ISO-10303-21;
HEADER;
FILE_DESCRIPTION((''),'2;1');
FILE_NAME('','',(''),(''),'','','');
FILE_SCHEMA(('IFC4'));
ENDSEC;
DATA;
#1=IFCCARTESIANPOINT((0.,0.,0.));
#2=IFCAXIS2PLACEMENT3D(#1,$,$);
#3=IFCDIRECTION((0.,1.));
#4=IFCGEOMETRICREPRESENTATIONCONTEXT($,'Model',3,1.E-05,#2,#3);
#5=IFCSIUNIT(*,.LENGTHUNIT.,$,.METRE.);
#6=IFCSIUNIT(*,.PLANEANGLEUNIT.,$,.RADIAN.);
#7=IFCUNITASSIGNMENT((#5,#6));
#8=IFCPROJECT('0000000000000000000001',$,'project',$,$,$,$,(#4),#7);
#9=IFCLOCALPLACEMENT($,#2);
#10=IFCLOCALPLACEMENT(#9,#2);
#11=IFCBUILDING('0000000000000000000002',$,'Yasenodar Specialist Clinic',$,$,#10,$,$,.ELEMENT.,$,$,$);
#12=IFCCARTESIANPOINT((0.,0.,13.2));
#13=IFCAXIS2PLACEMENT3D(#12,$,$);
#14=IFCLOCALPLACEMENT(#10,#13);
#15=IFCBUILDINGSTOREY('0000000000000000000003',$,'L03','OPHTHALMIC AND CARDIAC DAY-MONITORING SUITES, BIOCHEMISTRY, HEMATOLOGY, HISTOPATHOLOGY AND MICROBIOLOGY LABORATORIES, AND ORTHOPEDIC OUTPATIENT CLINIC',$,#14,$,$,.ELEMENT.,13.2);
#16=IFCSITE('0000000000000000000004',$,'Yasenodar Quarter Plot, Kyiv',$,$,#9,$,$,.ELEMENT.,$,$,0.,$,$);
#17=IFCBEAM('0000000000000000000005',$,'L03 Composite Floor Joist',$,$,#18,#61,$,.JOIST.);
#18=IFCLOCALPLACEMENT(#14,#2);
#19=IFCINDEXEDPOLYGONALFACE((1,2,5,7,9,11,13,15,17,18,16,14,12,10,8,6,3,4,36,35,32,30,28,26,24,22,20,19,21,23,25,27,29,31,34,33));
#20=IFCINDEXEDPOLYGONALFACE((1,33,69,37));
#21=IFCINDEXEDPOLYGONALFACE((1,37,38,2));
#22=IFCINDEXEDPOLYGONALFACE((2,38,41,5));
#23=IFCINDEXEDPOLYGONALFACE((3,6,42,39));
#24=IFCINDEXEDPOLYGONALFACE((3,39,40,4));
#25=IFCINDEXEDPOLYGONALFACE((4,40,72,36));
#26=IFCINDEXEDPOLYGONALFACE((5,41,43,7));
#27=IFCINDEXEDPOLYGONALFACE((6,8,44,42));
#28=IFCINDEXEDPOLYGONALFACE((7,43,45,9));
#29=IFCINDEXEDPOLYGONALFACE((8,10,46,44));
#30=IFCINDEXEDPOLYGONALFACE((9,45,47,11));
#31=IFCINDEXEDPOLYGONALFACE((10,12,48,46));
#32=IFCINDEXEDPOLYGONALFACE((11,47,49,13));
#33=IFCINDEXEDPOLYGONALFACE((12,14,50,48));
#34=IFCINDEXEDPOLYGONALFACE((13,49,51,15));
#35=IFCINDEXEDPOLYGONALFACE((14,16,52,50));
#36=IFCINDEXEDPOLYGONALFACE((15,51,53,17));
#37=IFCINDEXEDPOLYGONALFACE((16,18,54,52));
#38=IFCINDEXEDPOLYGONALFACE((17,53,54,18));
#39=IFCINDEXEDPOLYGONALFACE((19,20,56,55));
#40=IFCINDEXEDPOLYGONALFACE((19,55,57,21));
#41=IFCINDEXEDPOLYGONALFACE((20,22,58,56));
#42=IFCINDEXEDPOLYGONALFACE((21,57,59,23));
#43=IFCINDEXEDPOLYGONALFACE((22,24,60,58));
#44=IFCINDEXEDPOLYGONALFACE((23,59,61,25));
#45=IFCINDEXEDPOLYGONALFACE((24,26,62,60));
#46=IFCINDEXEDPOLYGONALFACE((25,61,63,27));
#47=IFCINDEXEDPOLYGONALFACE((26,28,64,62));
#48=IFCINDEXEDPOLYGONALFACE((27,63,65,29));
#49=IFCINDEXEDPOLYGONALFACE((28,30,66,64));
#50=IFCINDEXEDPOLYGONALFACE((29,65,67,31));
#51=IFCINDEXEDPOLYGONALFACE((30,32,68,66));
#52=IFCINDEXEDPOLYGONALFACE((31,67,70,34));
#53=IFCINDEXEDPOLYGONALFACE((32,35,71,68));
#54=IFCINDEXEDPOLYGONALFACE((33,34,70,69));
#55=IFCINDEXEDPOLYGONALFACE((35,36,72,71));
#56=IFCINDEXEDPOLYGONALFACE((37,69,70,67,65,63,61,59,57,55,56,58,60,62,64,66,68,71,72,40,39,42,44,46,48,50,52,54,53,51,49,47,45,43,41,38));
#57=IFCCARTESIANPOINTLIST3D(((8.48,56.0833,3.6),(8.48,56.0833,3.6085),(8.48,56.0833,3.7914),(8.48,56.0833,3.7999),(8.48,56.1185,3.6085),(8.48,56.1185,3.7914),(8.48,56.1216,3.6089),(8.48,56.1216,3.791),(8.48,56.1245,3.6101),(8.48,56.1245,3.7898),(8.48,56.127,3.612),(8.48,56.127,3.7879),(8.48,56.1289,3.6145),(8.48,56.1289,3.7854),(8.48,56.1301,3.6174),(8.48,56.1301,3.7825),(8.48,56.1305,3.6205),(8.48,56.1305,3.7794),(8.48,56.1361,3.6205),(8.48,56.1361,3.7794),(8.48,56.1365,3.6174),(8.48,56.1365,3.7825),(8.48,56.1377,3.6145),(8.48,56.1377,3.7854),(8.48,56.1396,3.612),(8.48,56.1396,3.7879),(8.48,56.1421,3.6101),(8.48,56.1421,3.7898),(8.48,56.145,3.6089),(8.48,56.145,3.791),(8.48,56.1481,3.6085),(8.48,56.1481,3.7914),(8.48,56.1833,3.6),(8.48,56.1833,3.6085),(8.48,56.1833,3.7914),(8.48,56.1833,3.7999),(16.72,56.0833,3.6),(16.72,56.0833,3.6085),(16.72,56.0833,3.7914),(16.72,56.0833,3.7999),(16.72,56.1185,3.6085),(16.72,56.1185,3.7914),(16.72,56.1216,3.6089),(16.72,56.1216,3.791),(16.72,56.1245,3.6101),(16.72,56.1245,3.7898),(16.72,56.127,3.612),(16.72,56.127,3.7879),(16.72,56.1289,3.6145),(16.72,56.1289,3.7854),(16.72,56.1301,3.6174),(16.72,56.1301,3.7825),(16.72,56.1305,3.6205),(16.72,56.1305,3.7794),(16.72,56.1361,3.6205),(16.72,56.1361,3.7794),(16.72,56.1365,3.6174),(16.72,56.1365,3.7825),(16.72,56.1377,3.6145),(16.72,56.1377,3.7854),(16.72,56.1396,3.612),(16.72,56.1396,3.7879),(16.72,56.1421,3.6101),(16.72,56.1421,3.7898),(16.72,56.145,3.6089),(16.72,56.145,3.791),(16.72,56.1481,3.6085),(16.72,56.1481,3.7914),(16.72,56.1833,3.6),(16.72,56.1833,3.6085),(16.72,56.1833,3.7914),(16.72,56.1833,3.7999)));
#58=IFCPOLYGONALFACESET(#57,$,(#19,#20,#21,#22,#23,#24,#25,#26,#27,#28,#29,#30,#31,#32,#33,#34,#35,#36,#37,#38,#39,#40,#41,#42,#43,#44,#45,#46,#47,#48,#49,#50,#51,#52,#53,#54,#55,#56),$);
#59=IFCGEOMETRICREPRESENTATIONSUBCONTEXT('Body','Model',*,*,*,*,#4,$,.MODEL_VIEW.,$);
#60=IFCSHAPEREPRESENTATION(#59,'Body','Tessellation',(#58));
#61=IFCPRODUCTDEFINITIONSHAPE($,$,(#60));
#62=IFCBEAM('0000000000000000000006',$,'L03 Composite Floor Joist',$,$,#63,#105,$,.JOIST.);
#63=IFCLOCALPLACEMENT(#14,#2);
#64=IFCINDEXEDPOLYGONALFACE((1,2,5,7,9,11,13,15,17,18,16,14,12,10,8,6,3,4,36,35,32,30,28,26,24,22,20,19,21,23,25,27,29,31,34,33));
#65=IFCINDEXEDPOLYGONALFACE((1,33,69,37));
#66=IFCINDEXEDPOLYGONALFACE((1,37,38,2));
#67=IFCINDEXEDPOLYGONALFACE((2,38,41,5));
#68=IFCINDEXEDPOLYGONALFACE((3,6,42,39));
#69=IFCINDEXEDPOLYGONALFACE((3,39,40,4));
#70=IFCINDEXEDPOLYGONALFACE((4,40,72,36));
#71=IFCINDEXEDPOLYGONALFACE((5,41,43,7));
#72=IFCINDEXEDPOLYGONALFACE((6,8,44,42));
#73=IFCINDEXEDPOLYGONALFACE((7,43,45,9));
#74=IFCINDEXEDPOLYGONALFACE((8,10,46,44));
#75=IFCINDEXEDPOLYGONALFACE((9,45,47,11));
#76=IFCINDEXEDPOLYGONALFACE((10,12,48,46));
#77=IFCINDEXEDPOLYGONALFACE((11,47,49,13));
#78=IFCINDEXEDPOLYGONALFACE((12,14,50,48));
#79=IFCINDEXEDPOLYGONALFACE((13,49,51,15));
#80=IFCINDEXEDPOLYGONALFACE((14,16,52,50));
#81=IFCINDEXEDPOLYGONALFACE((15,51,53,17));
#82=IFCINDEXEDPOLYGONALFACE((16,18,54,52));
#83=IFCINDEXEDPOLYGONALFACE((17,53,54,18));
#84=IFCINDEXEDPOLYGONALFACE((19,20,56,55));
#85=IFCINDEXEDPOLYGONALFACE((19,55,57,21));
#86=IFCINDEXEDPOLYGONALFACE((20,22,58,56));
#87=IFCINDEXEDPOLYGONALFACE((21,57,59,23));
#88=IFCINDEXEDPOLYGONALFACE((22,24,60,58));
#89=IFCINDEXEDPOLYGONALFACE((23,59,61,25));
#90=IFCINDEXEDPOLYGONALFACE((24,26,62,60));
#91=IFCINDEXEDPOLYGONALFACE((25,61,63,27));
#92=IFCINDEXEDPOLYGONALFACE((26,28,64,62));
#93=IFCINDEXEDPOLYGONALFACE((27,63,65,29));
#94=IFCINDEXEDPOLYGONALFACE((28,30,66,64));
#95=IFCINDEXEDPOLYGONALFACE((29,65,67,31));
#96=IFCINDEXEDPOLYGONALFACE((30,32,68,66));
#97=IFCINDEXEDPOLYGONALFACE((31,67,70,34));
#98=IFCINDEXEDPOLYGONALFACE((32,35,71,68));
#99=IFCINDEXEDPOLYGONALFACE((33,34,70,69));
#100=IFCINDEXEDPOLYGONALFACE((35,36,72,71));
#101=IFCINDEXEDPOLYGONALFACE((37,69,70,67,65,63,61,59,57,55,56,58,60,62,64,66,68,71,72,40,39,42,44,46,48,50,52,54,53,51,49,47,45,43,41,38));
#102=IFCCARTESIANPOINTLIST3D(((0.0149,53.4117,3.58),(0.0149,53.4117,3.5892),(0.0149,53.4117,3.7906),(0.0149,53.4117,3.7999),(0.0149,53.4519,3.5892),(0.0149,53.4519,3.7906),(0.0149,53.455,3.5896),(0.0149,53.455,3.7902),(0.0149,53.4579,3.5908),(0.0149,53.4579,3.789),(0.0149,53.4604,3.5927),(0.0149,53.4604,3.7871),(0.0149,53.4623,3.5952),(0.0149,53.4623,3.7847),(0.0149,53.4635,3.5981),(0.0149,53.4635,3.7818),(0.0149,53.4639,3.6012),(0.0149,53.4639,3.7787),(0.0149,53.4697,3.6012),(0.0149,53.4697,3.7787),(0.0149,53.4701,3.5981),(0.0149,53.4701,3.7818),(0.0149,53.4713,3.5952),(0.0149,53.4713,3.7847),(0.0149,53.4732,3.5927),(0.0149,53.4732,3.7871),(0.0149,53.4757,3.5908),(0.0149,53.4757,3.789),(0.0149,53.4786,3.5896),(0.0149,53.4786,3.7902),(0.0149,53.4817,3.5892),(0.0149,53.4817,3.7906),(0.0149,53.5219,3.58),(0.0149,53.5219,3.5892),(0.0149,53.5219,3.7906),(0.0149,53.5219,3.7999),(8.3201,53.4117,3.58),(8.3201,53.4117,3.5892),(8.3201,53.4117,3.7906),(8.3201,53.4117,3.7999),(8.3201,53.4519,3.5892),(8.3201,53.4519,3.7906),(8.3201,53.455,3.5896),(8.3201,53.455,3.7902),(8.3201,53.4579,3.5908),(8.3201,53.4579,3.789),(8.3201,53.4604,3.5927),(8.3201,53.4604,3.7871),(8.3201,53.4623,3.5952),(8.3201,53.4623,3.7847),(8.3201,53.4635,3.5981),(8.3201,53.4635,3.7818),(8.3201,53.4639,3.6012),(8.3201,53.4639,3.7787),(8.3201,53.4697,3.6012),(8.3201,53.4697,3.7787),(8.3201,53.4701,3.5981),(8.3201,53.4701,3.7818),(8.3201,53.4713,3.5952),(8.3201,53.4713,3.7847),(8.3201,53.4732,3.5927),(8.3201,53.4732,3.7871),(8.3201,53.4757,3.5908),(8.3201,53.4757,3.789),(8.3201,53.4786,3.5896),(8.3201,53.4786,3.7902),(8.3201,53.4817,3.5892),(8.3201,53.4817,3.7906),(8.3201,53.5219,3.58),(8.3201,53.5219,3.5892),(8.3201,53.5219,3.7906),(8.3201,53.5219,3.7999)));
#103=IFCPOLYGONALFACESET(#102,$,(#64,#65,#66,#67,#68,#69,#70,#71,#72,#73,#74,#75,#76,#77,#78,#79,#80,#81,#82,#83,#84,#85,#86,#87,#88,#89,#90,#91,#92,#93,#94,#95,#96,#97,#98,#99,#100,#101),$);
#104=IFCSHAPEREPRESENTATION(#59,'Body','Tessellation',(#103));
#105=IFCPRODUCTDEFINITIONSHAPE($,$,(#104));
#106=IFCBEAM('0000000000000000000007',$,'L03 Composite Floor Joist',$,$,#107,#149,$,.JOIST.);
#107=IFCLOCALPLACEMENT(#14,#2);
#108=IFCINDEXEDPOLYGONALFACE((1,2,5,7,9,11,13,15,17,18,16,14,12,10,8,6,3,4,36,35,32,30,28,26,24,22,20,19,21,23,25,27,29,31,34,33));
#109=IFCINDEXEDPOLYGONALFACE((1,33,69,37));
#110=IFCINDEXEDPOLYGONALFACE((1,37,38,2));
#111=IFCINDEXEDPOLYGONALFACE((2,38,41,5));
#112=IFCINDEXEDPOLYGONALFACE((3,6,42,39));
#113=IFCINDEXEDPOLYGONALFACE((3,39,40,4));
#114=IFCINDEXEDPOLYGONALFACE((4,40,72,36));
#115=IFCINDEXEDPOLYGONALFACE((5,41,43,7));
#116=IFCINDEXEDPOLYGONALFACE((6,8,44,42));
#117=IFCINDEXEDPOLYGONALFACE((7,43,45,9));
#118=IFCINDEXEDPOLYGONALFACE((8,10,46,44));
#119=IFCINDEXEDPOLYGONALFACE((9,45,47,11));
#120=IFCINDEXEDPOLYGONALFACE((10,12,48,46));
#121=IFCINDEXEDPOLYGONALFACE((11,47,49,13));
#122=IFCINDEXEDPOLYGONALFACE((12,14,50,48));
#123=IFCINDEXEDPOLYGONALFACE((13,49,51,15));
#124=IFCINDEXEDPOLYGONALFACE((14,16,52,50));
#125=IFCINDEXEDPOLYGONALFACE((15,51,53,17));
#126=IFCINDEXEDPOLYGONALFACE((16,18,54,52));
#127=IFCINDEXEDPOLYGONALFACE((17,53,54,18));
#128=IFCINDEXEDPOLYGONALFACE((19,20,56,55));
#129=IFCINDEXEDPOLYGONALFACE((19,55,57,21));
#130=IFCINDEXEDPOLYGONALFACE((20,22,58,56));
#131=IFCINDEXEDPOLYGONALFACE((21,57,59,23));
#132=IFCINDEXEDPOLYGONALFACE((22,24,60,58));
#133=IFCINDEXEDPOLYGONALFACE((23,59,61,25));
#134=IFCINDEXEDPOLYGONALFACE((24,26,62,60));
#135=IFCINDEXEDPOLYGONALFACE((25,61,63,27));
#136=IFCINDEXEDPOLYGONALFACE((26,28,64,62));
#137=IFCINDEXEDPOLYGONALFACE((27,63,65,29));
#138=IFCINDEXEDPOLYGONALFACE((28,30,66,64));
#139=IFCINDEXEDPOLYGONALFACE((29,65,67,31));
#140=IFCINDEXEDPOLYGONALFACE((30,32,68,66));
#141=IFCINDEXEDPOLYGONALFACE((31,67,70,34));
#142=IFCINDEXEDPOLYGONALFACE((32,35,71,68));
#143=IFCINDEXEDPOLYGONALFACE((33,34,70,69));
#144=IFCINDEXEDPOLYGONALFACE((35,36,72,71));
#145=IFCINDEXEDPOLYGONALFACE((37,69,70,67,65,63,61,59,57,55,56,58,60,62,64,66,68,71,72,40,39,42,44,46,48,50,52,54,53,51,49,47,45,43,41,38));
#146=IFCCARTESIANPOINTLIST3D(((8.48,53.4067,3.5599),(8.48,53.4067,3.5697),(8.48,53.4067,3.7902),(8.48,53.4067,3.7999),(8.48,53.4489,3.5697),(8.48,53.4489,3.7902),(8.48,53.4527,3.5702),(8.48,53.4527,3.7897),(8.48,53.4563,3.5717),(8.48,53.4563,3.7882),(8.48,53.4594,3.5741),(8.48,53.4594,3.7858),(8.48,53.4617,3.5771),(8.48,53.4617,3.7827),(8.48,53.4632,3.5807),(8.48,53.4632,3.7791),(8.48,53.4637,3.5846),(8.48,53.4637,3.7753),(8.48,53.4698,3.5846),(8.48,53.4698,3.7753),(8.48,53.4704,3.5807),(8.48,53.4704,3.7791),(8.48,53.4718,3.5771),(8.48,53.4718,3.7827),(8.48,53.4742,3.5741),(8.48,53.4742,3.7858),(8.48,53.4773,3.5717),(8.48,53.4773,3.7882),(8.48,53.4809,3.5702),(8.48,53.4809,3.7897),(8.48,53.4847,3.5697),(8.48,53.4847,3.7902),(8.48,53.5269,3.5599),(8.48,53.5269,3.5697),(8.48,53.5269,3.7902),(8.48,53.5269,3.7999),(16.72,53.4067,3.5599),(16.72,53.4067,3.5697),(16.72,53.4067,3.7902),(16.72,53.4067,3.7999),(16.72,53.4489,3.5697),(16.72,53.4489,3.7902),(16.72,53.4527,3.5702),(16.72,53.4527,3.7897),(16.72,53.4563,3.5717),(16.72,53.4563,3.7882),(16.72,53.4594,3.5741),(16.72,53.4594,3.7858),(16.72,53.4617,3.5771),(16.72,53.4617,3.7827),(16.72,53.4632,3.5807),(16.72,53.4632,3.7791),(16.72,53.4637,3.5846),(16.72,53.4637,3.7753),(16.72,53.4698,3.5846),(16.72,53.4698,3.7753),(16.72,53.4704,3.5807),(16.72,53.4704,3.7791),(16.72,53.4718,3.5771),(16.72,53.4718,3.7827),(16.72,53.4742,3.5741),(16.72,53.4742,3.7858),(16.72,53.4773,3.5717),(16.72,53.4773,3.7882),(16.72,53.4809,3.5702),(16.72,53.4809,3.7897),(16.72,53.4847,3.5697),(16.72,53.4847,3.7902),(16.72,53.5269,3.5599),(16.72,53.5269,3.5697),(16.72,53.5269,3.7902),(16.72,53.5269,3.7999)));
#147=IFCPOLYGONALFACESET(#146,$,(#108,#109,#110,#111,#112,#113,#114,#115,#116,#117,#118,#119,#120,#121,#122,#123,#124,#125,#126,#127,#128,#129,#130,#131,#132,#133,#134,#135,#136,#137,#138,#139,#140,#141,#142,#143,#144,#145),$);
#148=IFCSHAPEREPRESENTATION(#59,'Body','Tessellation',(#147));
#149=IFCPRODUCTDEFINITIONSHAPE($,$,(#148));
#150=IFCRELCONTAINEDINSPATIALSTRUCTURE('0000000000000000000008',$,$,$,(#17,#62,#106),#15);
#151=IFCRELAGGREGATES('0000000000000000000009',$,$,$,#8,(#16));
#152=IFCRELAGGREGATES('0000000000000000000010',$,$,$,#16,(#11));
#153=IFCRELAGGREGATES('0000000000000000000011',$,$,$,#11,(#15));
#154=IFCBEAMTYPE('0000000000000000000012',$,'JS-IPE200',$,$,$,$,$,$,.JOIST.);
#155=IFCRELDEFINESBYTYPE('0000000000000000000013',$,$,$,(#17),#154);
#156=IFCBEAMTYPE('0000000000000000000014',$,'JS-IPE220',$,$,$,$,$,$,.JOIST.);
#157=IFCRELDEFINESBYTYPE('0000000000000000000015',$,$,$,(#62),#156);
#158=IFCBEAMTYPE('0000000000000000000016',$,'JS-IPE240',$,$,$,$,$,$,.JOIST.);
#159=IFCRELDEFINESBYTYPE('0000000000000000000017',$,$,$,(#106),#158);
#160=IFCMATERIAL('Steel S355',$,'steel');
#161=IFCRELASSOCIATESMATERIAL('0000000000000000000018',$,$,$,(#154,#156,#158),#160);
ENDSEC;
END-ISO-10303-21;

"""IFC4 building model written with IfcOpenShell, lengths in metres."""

from ifc_helpers import new_model, si_unit, direction, frame, origin, origin_2d, place, context, subcontext, project, spatial, i_section, extrude, material, material_profile, profile_set, type_object, element, save


model = new_model("IFC4")

# Units and contexts
model_context = context("Model", 3, precision=1e-05, world=origin(), true_north=direction((0.0, 1.0)))
body_context = subcontext(model_context, "Body", "Model", "MODEL_VIEW")
ifc_project = project(units=[si_unit("LENGTHUNIT", "METRE"), si_unit("PLANEANGLEUNIT", "RADIAN")], contexts=[model_context])

# Site, building, storey
site_placement = place(None, origin())
site = spatial("IfcSite", under=ifc_project, at=site_placement, Name="Yasenodar Quarter Plot, Kyiv", CompositionType="ELEMENT", RefElevation=0.0)
building_placement = place(site_placement, origin())
building = spatial("IfcBuilding", under=site, at=building_placement, Name="Yasenodar Specialist Clinic", CompositionType="ELEMENT")
storey_placement = place(building_placement, frame((0.0, 0.0, 13.2)))
storey = spatial("IfcBuildingStorey", under=building, at=storey_placement, Name="L03", Description="OPHTHALMIC AND CARDIAC DAY-MONITORING SUITES, BIOCHEMISTRY, HEMATOLOGY, HISTOPATHOLOGY AND MICROBIOLOGY LABORATORIES, AND ORTHOPEDIC OUTPATIENT CLINIC", CompositionType="ELEMENT", Elevation=13.2)

# Shared definitions
ifc_material_1 = material(Name="Steel S355", Category="steel")

# Beams
ifc_material_profile_1 = material_profile(ifc_material_1, i_section(OverallWidth=0.1001, OverallDepth=0.2, WebThickness=0.0056, FlangeThickness=0.0085, FilletRadius=0.012, at=origin_2d()), Name="IPE 200")
ifc_profile_set_1 = profile_set([ifc_material_profile_1], Name="Steel S355")
beam_type_1 = type_object("IfcBeamType", Name="JS-IPE200", PredefinedType="JOIST", material=ifc_profile_set_1)
beam_1_placement = place(storey_placement, frame((8.48, 56.1333, 3.7), z_axis=(1.0, 0.0, 0.0), x_axis=(0.0, 1.0, 0.0)))
element("IfcBeam", 1, at=beam_1_placement, inside=storey, type_object=beam_type_1, Name="L03 Composite Floor Joist", PredefinedType="JOIST", context=body_context, shape_type="SweptSolid", body=[
    extrude(i_section(OverallWidth=0.1001, OverallDepth=0.2, WebThickness=0.0056, FlangeThickness=0.0085, FilletRadius=0.012, at=origin_2d()), origin(), (0.0, 0.0, 1.0), 8.24),
])
ifc_material_profile_2 = material_profile(ifc_material_1, i_section(OverallWidth=0.1101, OverallDepth=0.22, WebThickness=0.0059, FlangeThickness=0.0093, FilletRadius=0.012, at=origin_2d()), Name="IPE 220")
ifc_profile_set_2 = profile_set([ifc_material_profile_2], Name="Steel S355")
beam_type_2 = type_object("IfcBeamType", Name="JS-IPE220", PredefinedType="JOIST", material=ifc_profile_set_2)
beam_2_placement = place(storey_placement, frame((0.0149, 53.4668, 3.6899), z_axis=(1.0, 0.0, 0.0), x_axis=(0.0, 1.0, 0.0)))
element("IfcBeam", 2, at=beam_2_placement, inside=storey, type_object=beam_type_2, Name="L03 Composite Floor Joist", PredefinedType="JOIST", context=body_context, shape_type="SweptSolid", body=[
    extrude(i_section(OverallWidth=0.1101, OverallDepth=0.22, WebThickness=0.0059, FlangeThickness=0.0093, FilletRadius=0.012, at=origin_2d()), origin(), (0.0, 0.0, 1.0), 8.3052),
])
ifc_material_profile_3 = material_profile(ifc_material_1, i_section(OverallWidth=0.1201, OverallDepth=0.24, WebThickness=0.0061, FlangeThickness=0.0098, FilletRadius=0.0149, at=origin_2d()), Name="IPE 240")
ifc_profile_set_3 = profile_set([ifc_material_profile_3], Name="Steel S355")
beam_type_3 = type_object("IfcBeamType", Name="JS-IPE240", PredefinedType="JOIST", material=ifc_profile_set_3)
beam_3_placement = place(storey_placement, frame((8.48, 53.4668, 3.6799), z_axis=(1.0, 0.0, 0.0), x_axis=(0.0, 1.0, 0.0)))
element("IfcBeam", 3, at=beam_3_placement, inside=storey, type_object=beam_type_3, Name="L03 Composite Floor Joist", PredefinedType="JOIST", context=body_context, shape_type="SweptSolid", body=[
    extrude(i_section(OverallWidth=0.1201, OverallDepth=0.24, WebThickness=0.0061, FlangeThickness=0.0098, FilletRadius=0.0149, at=origin_2d()), origin(), (0.0, 0.0, 1.0), 8.24),
])

save(model, "model.ifc")
